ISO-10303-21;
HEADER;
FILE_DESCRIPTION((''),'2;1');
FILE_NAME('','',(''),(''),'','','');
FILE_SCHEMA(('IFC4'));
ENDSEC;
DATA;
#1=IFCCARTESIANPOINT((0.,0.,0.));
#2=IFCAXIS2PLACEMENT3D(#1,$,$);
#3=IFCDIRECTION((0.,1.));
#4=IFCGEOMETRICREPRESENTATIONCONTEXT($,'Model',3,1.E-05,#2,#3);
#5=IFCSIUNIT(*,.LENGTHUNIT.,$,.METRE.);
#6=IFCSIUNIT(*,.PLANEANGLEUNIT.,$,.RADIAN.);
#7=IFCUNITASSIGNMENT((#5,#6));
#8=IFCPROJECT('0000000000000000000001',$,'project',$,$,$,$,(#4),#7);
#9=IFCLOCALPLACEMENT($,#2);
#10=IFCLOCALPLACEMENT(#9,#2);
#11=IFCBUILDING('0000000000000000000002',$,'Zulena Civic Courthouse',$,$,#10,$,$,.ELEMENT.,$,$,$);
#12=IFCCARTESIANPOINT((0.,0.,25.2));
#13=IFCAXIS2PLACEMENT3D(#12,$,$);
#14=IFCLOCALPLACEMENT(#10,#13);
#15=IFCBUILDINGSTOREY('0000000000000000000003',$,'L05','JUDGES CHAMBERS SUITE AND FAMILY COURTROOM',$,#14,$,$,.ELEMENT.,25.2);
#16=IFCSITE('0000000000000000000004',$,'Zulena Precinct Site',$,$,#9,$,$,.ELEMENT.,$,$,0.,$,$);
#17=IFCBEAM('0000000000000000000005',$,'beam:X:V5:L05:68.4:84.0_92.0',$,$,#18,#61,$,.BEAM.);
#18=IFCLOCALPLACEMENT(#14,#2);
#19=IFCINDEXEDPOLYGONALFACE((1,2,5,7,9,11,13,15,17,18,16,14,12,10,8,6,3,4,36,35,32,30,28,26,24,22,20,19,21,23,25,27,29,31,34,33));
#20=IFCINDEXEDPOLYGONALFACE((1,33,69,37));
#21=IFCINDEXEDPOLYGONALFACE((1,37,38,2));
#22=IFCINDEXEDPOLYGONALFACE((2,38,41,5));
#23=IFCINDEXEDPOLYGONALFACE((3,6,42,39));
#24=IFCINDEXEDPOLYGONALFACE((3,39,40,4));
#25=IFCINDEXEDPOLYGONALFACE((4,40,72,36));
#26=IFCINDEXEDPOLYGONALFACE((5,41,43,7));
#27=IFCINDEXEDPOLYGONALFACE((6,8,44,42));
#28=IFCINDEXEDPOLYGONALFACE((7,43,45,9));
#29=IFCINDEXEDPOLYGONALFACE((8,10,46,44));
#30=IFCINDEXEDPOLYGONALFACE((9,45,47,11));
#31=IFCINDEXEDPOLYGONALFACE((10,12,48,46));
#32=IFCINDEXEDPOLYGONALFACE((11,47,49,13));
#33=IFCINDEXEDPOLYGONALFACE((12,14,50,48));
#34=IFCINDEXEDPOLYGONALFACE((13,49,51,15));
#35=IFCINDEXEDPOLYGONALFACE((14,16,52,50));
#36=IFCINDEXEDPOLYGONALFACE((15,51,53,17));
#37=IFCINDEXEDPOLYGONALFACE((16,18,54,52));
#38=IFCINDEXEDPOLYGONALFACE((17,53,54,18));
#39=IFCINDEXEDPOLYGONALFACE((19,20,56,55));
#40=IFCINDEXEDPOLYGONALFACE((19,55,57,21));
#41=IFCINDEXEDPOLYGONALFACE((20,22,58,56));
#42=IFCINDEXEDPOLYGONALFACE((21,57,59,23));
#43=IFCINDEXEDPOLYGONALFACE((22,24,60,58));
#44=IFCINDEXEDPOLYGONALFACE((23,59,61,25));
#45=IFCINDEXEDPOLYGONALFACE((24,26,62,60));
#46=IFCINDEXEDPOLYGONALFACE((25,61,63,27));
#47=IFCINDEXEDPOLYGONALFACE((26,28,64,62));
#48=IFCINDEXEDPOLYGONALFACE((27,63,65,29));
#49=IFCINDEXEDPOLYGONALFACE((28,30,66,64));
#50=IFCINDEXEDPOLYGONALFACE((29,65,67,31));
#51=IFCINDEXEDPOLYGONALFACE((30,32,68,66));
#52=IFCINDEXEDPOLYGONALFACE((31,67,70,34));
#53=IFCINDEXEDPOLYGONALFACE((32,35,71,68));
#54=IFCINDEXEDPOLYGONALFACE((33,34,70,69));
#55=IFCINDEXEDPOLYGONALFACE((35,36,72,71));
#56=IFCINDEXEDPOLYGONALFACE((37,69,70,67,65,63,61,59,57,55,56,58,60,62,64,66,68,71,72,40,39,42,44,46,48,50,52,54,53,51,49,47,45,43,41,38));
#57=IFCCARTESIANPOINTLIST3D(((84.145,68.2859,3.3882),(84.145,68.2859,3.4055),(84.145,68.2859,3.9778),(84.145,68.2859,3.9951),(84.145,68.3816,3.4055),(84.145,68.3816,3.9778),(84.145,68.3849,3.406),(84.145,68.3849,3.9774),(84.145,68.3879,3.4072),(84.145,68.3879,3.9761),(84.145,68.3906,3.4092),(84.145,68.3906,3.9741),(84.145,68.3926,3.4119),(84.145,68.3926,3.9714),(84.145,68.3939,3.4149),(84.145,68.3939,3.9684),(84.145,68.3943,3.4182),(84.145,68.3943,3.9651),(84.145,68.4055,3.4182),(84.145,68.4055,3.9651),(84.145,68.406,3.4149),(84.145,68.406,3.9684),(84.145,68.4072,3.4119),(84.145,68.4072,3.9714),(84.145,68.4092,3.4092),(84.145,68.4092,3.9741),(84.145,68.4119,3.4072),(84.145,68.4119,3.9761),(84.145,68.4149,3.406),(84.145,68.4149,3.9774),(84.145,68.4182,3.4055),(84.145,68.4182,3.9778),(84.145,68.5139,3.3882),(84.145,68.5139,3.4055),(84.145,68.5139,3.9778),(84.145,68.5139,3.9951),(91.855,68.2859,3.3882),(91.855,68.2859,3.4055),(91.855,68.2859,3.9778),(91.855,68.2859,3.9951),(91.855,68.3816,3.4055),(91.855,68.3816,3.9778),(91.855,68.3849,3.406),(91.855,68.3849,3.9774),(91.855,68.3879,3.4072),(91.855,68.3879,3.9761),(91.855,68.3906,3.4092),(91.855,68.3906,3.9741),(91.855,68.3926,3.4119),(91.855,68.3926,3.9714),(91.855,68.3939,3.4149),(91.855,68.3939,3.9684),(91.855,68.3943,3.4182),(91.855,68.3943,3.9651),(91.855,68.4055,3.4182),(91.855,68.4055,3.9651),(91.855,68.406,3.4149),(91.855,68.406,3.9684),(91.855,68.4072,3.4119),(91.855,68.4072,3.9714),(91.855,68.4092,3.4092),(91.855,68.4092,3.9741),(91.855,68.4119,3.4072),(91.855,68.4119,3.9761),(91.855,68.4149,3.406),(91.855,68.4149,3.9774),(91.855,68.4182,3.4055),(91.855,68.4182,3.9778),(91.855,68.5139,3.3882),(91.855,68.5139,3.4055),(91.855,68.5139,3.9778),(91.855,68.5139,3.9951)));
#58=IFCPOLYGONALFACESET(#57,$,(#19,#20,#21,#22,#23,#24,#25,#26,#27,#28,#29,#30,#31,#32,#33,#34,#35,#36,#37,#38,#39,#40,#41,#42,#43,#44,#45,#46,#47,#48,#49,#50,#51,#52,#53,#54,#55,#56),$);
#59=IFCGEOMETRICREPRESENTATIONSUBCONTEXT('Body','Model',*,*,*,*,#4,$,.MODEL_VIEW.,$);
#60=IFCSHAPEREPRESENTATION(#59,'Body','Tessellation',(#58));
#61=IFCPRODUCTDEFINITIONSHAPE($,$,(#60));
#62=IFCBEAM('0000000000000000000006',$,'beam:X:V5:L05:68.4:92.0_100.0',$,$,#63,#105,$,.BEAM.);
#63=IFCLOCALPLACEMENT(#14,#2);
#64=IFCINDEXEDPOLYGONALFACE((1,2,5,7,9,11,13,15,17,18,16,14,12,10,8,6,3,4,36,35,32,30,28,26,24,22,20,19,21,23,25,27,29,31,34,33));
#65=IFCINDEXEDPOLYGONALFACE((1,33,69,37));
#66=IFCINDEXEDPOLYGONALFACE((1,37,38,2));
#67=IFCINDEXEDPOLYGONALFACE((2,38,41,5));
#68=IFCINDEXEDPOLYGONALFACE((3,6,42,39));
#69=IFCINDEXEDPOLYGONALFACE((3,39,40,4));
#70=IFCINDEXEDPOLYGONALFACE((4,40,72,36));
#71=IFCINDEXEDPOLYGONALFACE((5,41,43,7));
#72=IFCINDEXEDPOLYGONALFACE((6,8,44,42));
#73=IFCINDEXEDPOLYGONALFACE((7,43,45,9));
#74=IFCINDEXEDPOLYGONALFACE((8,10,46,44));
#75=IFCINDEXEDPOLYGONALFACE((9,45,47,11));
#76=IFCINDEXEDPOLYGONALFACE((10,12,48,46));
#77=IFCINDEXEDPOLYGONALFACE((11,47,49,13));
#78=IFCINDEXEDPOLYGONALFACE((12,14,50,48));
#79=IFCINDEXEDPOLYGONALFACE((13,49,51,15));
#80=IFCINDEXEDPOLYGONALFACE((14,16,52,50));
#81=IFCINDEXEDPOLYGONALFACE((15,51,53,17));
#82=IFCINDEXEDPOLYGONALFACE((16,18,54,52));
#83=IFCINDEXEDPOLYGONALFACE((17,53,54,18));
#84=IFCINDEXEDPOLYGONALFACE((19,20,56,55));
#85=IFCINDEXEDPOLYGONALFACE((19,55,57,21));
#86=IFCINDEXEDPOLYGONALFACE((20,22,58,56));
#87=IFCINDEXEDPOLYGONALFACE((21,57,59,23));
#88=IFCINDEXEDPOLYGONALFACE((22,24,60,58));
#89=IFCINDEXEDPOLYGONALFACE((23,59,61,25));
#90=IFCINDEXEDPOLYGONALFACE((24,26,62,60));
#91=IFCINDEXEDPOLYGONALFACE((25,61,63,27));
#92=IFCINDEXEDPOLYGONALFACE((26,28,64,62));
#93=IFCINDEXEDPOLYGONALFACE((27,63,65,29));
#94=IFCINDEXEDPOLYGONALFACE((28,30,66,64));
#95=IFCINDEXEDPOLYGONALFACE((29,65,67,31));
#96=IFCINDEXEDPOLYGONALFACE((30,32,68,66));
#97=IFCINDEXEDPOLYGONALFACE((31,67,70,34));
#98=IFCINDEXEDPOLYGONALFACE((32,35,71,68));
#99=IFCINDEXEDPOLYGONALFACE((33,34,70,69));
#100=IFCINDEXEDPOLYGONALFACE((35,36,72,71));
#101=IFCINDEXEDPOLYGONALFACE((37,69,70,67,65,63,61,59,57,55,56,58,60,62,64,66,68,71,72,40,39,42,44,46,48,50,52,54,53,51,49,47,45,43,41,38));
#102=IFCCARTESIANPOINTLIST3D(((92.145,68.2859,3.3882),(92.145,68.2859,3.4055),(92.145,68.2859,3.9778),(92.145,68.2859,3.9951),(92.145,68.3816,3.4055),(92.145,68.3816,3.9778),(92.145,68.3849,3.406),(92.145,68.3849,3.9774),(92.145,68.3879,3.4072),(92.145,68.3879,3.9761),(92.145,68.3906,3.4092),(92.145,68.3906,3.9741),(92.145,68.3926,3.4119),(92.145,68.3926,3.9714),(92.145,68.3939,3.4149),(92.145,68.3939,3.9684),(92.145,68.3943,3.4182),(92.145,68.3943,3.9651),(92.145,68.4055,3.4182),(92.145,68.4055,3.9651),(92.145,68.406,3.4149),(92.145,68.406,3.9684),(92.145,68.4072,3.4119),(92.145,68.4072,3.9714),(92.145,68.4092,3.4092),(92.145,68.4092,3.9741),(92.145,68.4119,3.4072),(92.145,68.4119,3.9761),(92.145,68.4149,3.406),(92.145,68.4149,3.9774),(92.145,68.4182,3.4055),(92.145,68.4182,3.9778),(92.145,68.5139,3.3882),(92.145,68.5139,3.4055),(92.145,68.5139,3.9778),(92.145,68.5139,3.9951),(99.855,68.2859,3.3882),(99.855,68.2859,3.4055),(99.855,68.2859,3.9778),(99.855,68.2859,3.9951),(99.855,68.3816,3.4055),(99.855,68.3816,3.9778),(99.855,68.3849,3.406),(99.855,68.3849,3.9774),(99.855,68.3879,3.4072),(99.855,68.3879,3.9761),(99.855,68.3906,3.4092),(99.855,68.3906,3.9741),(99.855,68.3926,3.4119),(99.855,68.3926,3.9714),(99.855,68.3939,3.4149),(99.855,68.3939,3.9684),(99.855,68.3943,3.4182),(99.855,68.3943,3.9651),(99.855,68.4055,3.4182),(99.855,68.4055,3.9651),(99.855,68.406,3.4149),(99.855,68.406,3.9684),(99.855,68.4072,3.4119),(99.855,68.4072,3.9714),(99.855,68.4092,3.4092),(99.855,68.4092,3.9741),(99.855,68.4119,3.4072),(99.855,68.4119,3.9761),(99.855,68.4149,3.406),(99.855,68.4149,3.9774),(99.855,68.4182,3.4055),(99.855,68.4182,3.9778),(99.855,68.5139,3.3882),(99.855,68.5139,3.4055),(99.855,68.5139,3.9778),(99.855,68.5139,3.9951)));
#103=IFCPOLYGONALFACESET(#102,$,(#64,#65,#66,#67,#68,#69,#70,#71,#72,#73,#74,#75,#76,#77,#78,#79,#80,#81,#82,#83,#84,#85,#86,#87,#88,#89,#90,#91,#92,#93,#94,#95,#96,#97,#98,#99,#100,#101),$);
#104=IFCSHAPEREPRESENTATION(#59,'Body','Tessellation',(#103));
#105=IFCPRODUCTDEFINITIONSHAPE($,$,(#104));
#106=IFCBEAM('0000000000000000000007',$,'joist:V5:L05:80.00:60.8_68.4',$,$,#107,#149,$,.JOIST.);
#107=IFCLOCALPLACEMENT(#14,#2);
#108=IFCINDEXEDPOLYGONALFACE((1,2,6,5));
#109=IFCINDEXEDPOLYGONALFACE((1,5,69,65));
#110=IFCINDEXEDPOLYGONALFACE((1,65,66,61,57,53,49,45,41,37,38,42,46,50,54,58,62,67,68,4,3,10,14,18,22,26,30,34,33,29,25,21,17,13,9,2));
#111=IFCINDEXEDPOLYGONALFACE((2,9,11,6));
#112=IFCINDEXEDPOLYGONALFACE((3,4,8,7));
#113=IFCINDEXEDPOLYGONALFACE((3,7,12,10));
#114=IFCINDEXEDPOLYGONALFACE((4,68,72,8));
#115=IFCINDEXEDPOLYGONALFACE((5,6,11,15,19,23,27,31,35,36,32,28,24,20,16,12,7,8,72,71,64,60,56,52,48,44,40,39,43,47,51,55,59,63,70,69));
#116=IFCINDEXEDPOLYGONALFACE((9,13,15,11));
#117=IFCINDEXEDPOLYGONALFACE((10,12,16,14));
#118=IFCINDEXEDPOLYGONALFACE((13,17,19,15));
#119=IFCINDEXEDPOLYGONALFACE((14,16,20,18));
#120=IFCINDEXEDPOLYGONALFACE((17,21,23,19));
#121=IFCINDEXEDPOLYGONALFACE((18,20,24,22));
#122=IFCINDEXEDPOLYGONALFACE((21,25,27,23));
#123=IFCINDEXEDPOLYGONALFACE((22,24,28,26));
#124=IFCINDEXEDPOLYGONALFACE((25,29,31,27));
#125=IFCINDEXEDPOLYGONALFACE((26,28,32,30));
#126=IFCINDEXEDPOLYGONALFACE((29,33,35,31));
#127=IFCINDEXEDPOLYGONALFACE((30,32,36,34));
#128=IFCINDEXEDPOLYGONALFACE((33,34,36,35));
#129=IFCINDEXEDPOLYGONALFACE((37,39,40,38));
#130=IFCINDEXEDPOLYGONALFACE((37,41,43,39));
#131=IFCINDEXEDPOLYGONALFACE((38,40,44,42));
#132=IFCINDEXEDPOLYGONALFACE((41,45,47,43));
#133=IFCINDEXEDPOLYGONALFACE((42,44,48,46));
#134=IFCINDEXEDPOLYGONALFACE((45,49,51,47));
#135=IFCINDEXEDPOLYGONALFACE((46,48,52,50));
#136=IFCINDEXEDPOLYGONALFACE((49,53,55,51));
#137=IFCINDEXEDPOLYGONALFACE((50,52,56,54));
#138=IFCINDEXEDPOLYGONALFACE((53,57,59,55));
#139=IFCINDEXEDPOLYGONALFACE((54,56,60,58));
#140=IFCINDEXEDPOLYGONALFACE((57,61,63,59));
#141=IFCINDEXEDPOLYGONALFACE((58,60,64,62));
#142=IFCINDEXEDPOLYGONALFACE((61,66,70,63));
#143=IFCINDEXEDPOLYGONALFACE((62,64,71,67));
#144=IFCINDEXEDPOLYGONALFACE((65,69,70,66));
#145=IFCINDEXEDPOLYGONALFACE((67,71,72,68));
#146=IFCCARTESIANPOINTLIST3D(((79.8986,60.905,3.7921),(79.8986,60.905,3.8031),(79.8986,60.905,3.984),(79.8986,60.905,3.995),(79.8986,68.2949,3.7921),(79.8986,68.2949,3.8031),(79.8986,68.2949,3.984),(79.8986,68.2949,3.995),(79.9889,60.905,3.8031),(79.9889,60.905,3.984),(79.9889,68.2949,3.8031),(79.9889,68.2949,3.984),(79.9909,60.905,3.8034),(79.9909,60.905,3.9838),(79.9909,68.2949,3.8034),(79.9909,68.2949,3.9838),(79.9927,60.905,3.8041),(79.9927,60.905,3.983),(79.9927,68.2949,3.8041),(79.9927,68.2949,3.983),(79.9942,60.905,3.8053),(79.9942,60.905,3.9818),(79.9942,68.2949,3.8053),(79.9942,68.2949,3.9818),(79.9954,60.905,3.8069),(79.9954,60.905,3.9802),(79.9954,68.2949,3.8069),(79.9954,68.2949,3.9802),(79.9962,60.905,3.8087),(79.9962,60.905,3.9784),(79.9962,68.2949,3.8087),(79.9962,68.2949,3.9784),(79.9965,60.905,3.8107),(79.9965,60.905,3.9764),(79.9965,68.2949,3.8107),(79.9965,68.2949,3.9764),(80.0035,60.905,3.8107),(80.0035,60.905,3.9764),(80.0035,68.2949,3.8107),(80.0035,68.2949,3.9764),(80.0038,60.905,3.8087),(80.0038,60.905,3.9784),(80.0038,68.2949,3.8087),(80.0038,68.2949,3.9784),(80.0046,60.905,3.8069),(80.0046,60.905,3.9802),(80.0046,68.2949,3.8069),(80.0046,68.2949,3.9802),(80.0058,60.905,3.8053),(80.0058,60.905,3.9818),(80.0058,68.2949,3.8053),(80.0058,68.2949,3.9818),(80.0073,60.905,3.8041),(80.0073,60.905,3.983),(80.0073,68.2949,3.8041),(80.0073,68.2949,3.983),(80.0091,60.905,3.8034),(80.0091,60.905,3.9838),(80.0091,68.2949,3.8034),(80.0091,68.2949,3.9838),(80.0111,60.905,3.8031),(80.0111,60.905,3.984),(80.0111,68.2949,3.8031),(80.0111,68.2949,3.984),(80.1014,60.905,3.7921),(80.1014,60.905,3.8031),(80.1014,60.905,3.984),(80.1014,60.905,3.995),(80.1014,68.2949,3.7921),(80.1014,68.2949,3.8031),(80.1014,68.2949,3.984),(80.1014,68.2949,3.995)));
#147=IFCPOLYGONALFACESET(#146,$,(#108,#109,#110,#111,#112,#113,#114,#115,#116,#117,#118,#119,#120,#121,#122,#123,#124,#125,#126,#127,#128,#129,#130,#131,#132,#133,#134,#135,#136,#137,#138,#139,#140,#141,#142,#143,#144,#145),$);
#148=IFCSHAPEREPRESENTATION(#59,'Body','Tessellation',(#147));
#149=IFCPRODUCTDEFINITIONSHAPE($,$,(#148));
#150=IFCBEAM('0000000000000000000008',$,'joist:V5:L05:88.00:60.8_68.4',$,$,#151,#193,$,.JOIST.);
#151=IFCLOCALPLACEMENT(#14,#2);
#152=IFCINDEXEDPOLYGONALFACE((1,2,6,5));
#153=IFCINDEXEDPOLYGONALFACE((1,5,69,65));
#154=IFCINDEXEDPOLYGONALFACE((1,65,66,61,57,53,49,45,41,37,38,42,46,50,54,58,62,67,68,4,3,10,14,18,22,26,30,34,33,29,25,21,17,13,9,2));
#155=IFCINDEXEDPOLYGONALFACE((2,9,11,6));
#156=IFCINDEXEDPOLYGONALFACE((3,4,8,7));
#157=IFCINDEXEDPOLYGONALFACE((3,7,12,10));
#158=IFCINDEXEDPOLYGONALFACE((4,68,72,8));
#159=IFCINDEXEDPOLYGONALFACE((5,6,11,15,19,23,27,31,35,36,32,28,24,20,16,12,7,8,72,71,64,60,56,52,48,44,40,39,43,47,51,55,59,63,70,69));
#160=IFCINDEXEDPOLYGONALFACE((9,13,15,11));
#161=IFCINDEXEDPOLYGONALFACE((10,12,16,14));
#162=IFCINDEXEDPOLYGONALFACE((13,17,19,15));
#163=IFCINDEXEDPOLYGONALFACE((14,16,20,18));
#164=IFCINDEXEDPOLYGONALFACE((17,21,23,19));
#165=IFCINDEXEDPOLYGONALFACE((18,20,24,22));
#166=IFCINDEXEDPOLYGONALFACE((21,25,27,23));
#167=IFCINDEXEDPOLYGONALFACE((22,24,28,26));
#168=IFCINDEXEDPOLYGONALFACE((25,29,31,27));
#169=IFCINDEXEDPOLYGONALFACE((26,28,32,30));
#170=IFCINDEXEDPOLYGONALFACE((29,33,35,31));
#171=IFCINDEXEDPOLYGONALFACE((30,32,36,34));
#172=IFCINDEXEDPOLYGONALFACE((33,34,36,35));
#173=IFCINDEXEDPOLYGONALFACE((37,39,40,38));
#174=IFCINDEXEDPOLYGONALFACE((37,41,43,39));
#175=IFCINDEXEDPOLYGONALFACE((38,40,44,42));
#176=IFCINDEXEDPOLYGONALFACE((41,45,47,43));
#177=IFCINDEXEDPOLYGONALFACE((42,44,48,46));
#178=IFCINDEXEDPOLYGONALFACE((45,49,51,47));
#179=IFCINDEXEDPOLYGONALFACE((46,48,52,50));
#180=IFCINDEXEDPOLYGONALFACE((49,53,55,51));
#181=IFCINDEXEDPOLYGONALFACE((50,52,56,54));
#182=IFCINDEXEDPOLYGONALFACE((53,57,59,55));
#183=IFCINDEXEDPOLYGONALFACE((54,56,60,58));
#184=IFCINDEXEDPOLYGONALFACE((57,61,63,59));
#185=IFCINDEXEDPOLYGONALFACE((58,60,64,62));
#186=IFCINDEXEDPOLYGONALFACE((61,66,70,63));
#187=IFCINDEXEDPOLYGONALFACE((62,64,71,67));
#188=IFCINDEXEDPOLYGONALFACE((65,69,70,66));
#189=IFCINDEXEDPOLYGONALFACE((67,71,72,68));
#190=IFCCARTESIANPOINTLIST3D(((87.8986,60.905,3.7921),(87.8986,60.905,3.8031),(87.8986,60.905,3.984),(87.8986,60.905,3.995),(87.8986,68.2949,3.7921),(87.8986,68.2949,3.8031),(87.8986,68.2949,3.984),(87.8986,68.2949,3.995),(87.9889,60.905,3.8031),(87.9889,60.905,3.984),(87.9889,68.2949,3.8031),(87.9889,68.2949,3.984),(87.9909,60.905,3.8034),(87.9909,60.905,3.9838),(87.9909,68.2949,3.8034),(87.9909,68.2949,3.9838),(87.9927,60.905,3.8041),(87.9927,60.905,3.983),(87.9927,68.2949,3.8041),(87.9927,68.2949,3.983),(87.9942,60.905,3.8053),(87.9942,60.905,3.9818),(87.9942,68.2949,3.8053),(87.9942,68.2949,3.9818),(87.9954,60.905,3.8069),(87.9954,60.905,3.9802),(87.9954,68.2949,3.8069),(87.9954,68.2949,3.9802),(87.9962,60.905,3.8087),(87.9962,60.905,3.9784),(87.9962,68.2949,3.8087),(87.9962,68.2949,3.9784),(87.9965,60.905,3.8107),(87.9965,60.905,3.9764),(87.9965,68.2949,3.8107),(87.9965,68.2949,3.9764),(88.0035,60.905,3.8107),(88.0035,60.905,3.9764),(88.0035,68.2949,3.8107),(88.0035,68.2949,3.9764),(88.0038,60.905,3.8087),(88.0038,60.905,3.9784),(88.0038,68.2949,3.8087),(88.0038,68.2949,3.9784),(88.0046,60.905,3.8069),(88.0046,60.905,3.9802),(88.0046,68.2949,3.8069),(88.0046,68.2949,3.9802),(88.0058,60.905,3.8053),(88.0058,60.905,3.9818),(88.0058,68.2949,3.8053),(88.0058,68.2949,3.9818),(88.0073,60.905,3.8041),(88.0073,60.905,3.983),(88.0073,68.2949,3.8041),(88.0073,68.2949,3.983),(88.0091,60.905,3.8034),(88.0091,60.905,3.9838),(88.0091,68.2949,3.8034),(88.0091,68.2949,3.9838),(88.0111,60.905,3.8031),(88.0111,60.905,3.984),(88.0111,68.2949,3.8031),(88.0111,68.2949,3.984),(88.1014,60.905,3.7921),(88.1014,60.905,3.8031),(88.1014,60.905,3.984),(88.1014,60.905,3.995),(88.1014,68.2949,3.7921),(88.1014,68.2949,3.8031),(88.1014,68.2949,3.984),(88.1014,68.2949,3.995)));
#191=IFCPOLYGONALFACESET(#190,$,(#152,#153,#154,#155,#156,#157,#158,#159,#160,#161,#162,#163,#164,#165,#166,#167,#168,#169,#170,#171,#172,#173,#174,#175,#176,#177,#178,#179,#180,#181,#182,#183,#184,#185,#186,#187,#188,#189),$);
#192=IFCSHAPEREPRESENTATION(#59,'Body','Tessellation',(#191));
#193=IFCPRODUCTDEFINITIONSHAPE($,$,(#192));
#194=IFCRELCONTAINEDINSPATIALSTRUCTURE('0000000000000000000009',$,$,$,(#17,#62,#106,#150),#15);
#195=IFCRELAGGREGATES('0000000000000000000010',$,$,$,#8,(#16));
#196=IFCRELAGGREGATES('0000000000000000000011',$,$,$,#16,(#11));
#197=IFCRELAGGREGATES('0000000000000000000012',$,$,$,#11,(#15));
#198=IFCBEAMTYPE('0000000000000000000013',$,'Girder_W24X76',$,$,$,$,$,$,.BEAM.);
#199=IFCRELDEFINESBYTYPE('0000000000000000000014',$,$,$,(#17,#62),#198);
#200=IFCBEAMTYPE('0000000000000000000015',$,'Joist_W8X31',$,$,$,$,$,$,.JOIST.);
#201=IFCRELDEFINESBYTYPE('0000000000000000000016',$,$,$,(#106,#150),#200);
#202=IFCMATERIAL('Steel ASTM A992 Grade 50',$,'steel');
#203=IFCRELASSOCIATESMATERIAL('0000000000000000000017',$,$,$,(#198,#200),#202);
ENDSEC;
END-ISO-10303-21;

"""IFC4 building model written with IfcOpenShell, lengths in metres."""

from ifc_helpers import new_model, si_unit, direction, frame, origin, origin_2d, place, context, subcontext, project, spatial, i_section, extrude, material, material_profile, profile_set, type_object, element, save


model = new_model("IFC4")

# Units and contexts
model_context = context("Model", 3, precision=1e-05, world=origin(), true_north=direction((0.0, 1.0)))
body_context = subcontext(model_context, "Body", "Model", "MODEL_VIEW")
ifc_project = project(units=[si_unit("LENGTHUNIT", "METRE"), si_unit("PLANEANGLEUNIT", "RADIAN")], contexts=[model_context])

# Site, building, storey
site_placement = place(None, origin())
site = spatial("IfcSite", under=ifc_project, at=site_placement, Name="Zulena Precinct Site", CompositionType="ELEMENT", RefElevation=0.0)
building_placement = place(site_placement, origin())
building = spatial("IfcBuilding", under=site, at=building_placement, Name="Zulena Civic Courthouse", CompositionType="ELEMENT")
storey_placement = place(building_placement, frame((0.0, 0.0, 25.2)))
storey = spatial("IfcBuildingStorey", under=building, at=storey_placement, Name="L05", Description="JUDGES CHAMBERS SUITE AND FAMILY COURTROOM", CompositionType="ELEMENT", Elevation=25.2)

# Shared definitions
ifc_material_1 = material(Name="Steel ASTM A992 Grade 50", Category="steel")

# Beams
ifc_material_profile_1 = material_profile(ifc_material_1, i_section(OverallWidth=0.228, OverallDepth=0.6069, WebThickness=0.0112, FlangeThickness=0.0173, FilletRadius=0.0127, at=origin_2d()), Name="W24X76")
ifc_profile_set_1 = profile_set([ifc_material_profile_1], Name="Steel ASTM A992 Grade 50")
beam_type_1 = type_object("IfcBeamType", Name="Girder_W24X76", PredefinedType="BEAM", material=ifc_profile_set_1)
for number, where, z_axis, x_axis, name in (
    (1, (84.145, 68.3999, 3.6917), (1.0, 0.0, 0.0), (0.0, 1.0, 0.0), "beam:X:V5:L05:68.4:84.0_92.0"),
    (2, (92.145, 68.3999, 3.6917), (1.0, 0.0, 0.0), (0.0, 1.0, 0.0), "beam:X:V5:L05:68.4:92.0_100.0"),
):
    element("IfcBeam", number, at=place(storey_placement, frame(where, z_axis=z_axis, x_axis=x_axis)), inside=storey, type_object=beam_type_1, Name=name, PredefinedType="BEAM", context=body_context, shape_type="SweptSolid", body=[
        extrude(i_section(OverallWidth=0.228, OverallDepth=0.6069, WebThickness=0.0112, FlangeThickness=0.0173, FilletRadius=0.0127, at=origin_2d()), origin(), (0.0, 0.0, 1.0), 7.71),
    ])
ifc_material_profile_2 = material_profile(ifc_material_1, i_section(OverallWidth=0.2029, OverallDepth=0.2029, WebThickness=0.0071, FlangeThickness=0.011, FilletRadius=0.0076, at=origin_2d()), Name="W8X31")
ifc_profile_set_2 = profile_set([ifc_material_profile_2], Name="Steel ASTM A992 Grade 50")
beam_type_2 = type_object("IfcBeamType", Name="Joist_W8X31", PredefinedType="JOIST", material=ifc_profile_set_2)
for number, where, z_axis, x_axis, name in (
    (3, (80.0, 60.905, 3.8936), (0.0, 1.0, 0.0), (-1.0, 0.0, 0.0), "joist:V5:L05:80.00:60.8_68.4"),
    (4, (88.0, 60.905, 3.8936), (0.0, 1.0, 0.0), (-1.0, 0.0, 0.0), "joist:V5:L05:88.00:60.8_68.4"),
):
    element("IfcBeam", number, at=place(storey_placement, frame(where, z_axis=z_axis, x_axis=x_axis)), inside=storey, type_object=beam_type_2, Name=name, PredefinedType="JOIST", context=body_context, shape_type="SweptSolid", body=[
        extrude(i_section(OverallWidth=0.2029, OverallDepth=0.2029, WebThickness=0.0071, FlangeThickness=0.011, FilletRadius=0.0076, at=origin_2d()), origin(), (0.0, 0.0, 1.0), 7.3899),
    ])

save(model, "model.ifc")
